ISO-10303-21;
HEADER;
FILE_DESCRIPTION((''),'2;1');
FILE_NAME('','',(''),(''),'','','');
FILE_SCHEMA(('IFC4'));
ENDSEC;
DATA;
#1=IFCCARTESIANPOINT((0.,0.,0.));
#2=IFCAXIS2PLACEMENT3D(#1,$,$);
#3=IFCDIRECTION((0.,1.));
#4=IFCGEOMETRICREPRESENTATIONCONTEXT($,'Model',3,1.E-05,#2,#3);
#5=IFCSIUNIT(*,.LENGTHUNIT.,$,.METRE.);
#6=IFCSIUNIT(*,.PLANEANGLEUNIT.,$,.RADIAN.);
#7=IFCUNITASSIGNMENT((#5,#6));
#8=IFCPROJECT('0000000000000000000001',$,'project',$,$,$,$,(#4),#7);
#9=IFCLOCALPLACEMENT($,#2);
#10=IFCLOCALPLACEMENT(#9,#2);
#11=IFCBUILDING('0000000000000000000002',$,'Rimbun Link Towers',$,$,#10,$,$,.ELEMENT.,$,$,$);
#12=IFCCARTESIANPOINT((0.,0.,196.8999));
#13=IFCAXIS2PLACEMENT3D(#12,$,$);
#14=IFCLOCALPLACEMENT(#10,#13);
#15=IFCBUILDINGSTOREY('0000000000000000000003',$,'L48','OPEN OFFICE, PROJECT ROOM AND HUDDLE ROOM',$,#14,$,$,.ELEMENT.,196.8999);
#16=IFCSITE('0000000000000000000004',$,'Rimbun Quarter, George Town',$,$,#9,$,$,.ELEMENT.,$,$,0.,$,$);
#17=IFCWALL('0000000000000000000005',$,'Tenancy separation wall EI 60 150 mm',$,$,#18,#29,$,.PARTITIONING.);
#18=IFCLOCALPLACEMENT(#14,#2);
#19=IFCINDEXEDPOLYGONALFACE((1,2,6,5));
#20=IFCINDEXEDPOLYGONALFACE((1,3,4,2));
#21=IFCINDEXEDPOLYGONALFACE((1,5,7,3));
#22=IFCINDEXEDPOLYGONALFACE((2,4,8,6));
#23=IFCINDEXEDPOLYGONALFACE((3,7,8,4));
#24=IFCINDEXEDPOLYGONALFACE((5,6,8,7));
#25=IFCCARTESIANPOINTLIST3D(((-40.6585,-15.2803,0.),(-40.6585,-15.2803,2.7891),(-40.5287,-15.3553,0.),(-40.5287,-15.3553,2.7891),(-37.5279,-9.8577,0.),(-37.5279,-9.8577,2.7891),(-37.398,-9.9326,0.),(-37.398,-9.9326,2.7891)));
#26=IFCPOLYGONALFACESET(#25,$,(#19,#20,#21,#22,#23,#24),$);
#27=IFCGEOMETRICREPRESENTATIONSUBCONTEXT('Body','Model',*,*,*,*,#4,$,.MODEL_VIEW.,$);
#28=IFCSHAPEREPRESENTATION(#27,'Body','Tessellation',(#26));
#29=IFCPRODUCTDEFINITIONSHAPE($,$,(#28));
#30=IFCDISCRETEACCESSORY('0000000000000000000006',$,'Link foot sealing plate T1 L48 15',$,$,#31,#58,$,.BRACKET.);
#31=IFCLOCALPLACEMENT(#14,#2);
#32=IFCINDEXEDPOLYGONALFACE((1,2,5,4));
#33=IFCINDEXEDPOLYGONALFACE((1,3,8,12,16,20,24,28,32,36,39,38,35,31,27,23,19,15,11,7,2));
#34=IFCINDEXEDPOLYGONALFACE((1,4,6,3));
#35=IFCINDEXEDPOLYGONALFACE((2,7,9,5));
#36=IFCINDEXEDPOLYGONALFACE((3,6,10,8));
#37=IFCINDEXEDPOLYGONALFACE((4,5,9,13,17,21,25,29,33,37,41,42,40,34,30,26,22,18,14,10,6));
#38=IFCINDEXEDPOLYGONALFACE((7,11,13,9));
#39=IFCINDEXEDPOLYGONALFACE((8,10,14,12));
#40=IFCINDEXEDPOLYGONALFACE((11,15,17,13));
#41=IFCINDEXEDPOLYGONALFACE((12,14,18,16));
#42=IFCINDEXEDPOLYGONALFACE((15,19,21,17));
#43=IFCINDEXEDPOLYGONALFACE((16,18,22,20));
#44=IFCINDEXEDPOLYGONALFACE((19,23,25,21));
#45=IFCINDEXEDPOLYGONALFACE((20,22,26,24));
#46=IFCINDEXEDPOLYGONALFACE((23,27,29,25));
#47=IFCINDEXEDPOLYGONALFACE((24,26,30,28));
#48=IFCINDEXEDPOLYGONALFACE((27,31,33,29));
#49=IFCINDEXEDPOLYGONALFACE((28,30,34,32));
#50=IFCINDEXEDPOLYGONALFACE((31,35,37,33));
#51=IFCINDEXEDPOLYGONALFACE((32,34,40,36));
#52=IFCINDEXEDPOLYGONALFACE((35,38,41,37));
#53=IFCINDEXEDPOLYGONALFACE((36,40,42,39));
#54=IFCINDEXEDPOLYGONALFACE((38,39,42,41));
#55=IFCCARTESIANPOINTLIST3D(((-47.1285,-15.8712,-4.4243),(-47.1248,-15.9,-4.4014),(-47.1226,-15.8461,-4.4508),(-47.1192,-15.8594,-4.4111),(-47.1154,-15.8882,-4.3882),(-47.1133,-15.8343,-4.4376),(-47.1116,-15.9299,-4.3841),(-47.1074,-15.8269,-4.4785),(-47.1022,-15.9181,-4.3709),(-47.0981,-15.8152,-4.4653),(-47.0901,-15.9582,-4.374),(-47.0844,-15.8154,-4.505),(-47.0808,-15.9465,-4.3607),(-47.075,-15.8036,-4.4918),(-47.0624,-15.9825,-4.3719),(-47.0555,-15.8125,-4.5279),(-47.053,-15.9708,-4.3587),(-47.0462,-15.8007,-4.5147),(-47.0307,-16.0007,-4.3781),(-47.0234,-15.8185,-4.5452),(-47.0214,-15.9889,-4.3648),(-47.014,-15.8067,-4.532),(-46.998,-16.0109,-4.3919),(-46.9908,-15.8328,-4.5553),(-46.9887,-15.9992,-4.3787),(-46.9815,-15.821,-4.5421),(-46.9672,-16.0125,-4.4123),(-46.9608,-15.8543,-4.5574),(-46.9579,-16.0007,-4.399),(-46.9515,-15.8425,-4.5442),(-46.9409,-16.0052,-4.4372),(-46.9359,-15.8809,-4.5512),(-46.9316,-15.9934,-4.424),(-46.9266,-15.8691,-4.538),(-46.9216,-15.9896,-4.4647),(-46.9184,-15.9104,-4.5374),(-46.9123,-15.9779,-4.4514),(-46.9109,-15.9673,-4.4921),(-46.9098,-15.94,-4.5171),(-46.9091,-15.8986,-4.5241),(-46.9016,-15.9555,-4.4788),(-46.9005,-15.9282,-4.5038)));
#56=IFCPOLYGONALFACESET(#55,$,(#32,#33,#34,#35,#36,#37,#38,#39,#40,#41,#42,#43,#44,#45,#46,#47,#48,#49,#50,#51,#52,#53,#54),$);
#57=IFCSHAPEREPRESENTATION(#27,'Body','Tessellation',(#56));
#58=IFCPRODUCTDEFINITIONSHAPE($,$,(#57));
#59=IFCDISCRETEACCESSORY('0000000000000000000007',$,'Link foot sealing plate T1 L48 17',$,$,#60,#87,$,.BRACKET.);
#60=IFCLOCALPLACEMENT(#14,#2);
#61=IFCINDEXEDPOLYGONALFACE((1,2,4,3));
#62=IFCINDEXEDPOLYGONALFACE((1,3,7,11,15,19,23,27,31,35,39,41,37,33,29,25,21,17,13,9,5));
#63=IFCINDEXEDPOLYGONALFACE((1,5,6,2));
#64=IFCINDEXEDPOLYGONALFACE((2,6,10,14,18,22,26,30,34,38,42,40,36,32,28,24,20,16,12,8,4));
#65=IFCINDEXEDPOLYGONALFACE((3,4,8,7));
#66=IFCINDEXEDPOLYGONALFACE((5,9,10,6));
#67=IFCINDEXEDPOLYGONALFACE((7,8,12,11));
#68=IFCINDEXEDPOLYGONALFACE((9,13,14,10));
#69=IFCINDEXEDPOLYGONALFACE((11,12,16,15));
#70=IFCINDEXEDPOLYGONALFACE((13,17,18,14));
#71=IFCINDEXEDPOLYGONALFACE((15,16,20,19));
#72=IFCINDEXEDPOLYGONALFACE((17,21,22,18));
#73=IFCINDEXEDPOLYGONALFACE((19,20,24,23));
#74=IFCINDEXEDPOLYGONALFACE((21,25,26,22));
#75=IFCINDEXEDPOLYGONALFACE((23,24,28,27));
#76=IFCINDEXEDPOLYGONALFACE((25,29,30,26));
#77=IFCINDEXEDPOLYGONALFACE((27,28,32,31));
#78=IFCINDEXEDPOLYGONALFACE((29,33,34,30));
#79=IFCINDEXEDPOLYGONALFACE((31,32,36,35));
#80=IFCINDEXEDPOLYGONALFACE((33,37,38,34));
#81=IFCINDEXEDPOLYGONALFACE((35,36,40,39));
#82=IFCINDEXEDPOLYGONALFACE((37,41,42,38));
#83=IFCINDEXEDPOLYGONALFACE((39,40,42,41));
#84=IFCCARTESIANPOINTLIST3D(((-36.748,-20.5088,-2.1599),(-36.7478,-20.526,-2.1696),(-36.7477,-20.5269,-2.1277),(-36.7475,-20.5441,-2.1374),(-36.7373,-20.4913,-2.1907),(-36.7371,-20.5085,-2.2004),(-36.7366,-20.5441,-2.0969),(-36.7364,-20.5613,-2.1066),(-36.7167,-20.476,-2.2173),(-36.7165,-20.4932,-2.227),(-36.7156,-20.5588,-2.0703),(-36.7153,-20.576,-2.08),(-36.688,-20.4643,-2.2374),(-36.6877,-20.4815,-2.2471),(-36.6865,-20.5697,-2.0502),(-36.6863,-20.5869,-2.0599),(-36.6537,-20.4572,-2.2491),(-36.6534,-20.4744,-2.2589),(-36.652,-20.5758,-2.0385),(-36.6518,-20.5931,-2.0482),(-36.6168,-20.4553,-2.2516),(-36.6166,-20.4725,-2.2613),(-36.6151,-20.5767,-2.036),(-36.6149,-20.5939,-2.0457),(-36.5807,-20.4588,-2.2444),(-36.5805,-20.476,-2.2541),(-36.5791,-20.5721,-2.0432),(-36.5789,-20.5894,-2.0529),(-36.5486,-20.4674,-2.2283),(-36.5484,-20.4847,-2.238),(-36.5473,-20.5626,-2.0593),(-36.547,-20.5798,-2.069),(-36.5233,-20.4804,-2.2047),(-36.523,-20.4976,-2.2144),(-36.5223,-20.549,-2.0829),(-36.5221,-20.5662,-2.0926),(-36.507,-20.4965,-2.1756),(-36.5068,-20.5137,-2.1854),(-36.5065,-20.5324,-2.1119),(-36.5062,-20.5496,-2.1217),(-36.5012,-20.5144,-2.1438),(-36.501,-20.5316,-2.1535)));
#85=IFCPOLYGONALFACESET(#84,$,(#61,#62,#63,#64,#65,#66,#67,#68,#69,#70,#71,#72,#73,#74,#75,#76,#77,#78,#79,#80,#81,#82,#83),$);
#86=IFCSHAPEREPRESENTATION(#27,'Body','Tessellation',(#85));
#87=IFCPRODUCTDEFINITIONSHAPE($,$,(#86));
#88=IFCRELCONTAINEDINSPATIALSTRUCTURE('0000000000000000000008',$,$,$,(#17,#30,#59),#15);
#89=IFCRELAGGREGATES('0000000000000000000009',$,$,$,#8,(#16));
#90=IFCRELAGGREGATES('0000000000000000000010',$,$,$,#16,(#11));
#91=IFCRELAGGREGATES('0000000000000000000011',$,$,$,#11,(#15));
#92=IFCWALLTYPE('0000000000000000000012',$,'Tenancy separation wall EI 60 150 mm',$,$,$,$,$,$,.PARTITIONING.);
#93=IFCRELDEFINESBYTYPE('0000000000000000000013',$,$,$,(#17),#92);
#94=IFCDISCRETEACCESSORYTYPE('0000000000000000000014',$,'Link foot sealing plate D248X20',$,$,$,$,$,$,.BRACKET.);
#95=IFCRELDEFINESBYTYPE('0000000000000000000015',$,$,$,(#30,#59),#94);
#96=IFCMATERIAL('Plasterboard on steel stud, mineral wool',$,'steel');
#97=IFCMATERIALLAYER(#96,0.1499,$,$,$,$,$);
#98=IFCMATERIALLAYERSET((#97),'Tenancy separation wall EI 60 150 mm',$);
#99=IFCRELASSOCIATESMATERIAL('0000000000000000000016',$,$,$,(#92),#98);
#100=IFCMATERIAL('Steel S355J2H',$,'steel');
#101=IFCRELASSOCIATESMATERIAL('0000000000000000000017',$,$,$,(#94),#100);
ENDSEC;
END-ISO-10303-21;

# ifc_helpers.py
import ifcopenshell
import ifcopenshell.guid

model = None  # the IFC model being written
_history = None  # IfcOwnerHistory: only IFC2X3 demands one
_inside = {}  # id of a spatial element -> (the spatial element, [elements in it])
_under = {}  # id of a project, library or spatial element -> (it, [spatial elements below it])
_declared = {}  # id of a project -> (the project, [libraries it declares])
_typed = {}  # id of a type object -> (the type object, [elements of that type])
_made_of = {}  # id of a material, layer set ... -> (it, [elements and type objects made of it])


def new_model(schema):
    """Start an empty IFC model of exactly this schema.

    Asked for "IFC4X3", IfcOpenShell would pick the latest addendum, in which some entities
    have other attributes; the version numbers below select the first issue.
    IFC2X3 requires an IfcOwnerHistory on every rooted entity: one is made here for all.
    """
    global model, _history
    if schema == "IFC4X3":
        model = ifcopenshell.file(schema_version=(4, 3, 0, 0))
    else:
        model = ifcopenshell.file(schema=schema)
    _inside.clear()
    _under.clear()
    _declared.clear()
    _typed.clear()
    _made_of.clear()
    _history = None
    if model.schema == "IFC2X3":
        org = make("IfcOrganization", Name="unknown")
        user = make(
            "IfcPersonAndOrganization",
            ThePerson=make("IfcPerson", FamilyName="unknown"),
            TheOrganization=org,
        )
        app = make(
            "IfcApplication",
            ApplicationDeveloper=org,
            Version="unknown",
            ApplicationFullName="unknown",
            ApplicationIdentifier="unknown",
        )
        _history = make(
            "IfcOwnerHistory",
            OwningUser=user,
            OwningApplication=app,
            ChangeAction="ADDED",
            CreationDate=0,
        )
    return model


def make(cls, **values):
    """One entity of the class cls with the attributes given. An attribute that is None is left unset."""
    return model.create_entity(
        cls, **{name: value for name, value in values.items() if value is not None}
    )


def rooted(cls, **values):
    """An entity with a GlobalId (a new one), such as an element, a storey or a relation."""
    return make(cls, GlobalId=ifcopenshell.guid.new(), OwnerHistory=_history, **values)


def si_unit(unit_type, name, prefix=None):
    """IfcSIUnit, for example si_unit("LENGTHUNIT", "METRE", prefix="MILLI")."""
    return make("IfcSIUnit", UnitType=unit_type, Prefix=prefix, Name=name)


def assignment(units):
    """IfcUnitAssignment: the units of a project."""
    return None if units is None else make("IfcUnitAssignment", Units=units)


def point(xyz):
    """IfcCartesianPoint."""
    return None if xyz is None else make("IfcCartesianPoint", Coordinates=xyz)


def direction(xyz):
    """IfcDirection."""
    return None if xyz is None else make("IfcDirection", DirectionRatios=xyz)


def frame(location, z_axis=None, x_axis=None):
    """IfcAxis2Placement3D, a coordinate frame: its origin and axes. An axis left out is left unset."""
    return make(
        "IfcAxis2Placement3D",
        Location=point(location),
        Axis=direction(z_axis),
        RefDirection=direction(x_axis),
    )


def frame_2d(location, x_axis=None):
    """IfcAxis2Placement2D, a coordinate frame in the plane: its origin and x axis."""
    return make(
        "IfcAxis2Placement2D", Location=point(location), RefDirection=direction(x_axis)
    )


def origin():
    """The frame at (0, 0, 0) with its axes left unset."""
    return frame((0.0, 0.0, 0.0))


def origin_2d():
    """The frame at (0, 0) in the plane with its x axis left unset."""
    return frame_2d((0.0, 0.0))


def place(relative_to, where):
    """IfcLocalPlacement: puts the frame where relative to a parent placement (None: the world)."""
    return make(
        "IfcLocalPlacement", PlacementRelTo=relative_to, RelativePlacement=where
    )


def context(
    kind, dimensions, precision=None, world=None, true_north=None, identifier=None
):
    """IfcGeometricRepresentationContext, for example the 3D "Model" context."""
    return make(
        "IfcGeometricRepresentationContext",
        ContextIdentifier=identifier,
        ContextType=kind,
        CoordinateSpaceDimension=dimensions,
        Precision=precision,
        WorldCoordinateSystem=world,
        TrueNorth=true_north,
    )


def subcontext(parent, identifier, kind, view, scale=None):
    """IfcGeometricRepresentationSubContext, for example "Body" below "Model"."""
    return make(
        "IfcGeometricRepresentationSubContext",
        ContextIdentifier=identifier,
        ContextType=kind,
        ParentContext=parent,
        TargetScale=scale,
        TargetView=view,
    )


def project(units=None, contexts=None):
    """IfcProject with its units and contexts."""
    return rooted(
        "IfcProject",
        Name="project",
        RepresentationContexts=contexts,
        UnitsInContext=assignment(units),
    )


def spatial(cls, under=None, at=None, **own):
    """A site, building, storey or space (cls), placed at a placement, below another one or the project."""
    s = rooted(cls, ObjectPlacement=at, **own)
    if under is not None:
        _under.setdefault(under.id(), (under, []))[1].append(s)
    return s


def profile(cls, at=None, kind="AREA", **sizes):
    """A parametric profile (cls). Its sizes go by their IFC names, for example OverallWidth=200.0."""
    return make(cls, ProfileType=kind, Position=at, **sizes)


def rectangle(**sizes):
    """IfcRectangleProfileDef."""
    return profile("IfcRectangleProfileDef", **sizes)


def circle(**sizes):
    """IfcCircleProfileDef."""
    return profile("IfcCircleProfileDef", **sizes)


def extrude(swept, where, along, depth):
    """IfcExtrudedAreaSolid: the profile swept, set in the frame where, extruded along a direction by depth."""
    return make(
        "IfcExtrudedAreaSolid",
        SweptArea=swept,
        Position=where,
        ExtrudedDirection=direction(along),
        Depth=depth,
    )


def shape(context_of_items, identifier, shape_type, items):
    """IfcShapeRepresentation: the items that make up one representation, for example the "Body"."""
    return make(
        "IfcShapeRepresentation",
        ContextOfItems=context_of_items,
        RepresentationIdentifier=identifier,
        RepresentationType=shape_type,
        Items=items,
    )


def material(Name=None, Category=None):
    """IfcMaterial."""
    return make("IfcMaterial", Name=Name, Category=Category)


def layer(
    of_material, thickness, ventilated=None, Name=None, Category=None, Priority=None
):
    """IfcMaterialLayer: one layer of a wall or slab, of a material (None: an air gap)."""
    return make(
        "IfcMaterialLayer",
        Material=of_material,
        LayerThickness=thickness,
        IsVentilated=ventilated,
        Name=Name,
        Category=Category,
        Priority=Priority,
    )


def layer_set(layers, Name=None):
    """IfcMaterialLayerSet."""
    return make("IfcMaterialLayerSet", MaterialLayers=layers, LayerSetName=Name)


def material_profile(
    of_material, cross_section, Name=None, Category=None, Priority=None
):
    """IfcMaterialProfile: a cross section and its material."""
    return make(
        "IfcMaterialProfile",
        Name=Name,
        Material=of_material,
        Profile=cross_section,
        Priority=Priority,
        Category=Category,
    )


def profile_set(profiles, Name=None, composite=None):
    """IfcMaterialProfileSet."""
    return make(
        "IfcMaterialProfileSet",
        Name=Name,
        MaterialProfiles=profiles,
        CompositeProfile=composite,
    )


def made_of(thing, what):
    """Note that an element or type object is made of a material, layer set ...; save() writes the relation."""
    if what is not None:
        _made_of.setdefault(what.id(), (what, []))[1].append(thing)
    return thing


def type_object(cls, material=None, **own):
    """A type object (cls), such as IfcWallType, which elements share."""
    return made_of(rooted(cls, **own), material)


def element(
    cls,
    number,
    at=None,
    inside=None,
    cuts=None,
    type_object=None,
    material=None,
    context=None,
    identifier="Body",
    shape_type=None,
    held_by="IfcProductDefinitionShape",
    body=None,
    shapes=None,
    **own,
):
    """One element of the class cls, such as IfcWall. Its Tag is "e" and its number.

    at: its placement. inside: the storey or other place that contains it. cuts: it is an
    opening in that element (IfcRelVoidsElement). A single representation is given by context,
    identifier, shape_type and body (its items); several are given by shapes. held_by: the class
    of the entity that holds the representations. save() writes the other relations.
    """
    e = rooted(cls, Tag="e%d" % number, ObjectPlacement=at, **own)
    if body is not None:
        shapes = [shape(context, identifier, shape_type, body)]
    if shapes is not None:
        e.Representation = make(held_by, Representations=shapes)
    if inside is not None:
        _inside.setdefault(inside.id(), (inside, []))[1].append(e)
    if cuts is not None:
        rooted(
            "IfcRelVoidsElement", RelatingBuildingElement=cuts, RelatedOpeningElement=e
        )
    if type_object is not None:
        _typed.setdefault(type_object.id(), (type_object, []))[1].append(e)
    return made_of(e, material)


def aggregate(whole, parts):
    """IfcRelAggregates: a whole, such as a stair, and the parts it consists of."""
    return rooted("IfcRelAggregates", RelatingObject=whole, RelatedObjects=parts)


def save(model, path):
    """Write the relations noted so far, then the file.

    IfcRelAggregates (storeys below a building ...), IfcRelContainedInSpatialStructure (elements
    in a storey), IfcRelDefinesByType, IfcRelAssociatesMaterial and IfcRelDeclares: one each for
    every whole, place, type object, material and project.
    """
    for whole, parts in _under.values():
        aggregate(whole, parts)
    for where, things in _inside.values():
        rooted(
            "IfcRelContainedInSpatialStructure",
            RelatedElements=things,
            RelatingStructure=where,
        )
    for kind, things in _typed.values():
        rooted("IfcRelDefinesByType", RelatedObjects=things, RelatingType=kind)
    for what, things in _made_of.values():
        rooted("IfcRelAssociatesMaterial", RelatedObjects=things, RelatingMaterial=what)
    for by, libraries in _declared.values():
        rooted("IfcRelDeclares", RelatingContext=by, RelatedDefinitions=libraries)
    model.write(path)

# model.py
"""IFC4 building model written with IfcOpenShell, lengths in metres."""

from ifc_helpers import new_model, si_unit, direction, frame, frame_2d, origin, origin_2d, place, context, subcontext, project, spatial, rectangle, circle, extrude, material, layer, layer_set, material_profile, profile_set, type_object, element, save


model = new_model("IFC4")

# Units and contexts
model_context = context("Model", 3, precision=1e-05, world=origin(), true_north=direction((0.0, 1.0)))
body_context = subcontext(model_context, "Body", "Model", "MODEL_VIEW")
ifc_project = project(units=[si_unit("LENGTHUNIT", "METRE"), si_unit("PLANEANGLEUNIT", "RADIAN")], contexts=[model_context])

# Site, building, storey
site_placement = place(None, origin())
site = spatial("IfcSite", under=ifc_project, at=site_placement, Name="Rimbun Quarter, George Town", CompositionType="ELEMENT", RefElevation=0.0)
building_placement = place(site_placement, origin())
building = spatial("IfcBuilding", under=site, at=building_placement, Name="Rimbun Link Towers", CompositionType="ELEMENT")
storey_placement = place(building_placement, frame((0.0, 0.0, 196.8999)))
storey = spatial("IfcBuildingStorey", under=building, at=storey_placement, Name="L48", Description="OPEN OFFICE, PROJECT ROOM AND HUDDLE ROOM", CompositionType="ELEMENT", Elevation=196.8999)

# Wall
ifc_material_1 = material(Name="Plasterboard on steel stud, mineral wool", Category="steel")
ifc_layer_1 = layer(ifc_material_1, 0.1499)
ifc_layer_set_1 = layer_set([ifc_layer_1], Name="Tenancy separation wall EI 60 150 mm")
wall_type_1 = type_object("IfcWallType", Name="Tenancy separation wall EI 60 150 mm", PredefinedType="PARTITIONING", material=ifc_layer_set_1)
wall_1_placement = place(storey_placement, frame((-37.4629, -9.895, 0.0), z_axis=(0.0, 0.0, 1.0), x_axis=(-0.499985, -0.866034, 0.0)))
element("IfcWall", 1, at=wall_1_placement, inside=storey, type_object=wall_type_1, Name="Tenancy separation wall EI 60 150 mm", PredefinedType="PARTITIONING", context=body_context, shape_type="SweptSolid", body=[
    extrude(rectangle(XDim=6.2615, YDim=0.1499, at=frame_2d((3.1309, 0.0))), origin(), (0.0, 0.0, 1.0), 2.7891),
])

# Discrete accessories
ifc_material_2 = material(Name="Steel S355J2H", Category="steel")
ifc_material_profile_1 = material_profile(ifc_material_2, circle(Radius=0.124, at=origin_2d()), Name="PL D248")
ifc_profile_set_1 = profile_set([ifc_material_profile_1], Name="Steel S355J2H")
discrete_accessory_type = type_object("IfcDiscreteAccessoryType", Name="Link foot sealing plate D248X20", PredefinedType="BRACKET", material=ifc_profile_set_1)
discrete_accessory_1_placement = place(storey_placement, frame((-47.0095, -15.9009, -4.4514), z_axis=(-0.465496, -0.587995, -0.661495), x_axis=(0.784046, -0.620703, 0.0)))
element("IfcDiscreteAccessory", 2, at=discrete_accessory_1_placement, inside=storey, type_object=discrete_accessory_type, Name="Link foot sealing plate T1 L48 15", PredefinedType="BRACKET", context=body_context, shape_type="SweptSolid", body=[
    extrude(circle(Radius=0.124, at=origin_2d()), origin(), (0.0, 0.0, 1.0), 0.02),
])
discrete_accessory_2_placement = place(storey_placement, frame((-36.6252, -20.5161, -2.1438), z_axis=(0.01227, -0.871182, -0.490807), x_axis=(0.999901, 0.014083, 0.0)))
element("IfcDiscreteAccessory", 3, at=discrete_accessory_2_placement, inside=storey, type_object=discrete_accessory_type, Name="Link foot sealing plate T1 L48 17", PredefinedType="BRACKET", context=body_context, shape_type="SweptSolid", body=[
    extrude(circle(Radius=0.124, at=origin_2d()), origin(), (0.0, 0.0, 1.0), 0.0198),
])

save(model, "model.ifc")
